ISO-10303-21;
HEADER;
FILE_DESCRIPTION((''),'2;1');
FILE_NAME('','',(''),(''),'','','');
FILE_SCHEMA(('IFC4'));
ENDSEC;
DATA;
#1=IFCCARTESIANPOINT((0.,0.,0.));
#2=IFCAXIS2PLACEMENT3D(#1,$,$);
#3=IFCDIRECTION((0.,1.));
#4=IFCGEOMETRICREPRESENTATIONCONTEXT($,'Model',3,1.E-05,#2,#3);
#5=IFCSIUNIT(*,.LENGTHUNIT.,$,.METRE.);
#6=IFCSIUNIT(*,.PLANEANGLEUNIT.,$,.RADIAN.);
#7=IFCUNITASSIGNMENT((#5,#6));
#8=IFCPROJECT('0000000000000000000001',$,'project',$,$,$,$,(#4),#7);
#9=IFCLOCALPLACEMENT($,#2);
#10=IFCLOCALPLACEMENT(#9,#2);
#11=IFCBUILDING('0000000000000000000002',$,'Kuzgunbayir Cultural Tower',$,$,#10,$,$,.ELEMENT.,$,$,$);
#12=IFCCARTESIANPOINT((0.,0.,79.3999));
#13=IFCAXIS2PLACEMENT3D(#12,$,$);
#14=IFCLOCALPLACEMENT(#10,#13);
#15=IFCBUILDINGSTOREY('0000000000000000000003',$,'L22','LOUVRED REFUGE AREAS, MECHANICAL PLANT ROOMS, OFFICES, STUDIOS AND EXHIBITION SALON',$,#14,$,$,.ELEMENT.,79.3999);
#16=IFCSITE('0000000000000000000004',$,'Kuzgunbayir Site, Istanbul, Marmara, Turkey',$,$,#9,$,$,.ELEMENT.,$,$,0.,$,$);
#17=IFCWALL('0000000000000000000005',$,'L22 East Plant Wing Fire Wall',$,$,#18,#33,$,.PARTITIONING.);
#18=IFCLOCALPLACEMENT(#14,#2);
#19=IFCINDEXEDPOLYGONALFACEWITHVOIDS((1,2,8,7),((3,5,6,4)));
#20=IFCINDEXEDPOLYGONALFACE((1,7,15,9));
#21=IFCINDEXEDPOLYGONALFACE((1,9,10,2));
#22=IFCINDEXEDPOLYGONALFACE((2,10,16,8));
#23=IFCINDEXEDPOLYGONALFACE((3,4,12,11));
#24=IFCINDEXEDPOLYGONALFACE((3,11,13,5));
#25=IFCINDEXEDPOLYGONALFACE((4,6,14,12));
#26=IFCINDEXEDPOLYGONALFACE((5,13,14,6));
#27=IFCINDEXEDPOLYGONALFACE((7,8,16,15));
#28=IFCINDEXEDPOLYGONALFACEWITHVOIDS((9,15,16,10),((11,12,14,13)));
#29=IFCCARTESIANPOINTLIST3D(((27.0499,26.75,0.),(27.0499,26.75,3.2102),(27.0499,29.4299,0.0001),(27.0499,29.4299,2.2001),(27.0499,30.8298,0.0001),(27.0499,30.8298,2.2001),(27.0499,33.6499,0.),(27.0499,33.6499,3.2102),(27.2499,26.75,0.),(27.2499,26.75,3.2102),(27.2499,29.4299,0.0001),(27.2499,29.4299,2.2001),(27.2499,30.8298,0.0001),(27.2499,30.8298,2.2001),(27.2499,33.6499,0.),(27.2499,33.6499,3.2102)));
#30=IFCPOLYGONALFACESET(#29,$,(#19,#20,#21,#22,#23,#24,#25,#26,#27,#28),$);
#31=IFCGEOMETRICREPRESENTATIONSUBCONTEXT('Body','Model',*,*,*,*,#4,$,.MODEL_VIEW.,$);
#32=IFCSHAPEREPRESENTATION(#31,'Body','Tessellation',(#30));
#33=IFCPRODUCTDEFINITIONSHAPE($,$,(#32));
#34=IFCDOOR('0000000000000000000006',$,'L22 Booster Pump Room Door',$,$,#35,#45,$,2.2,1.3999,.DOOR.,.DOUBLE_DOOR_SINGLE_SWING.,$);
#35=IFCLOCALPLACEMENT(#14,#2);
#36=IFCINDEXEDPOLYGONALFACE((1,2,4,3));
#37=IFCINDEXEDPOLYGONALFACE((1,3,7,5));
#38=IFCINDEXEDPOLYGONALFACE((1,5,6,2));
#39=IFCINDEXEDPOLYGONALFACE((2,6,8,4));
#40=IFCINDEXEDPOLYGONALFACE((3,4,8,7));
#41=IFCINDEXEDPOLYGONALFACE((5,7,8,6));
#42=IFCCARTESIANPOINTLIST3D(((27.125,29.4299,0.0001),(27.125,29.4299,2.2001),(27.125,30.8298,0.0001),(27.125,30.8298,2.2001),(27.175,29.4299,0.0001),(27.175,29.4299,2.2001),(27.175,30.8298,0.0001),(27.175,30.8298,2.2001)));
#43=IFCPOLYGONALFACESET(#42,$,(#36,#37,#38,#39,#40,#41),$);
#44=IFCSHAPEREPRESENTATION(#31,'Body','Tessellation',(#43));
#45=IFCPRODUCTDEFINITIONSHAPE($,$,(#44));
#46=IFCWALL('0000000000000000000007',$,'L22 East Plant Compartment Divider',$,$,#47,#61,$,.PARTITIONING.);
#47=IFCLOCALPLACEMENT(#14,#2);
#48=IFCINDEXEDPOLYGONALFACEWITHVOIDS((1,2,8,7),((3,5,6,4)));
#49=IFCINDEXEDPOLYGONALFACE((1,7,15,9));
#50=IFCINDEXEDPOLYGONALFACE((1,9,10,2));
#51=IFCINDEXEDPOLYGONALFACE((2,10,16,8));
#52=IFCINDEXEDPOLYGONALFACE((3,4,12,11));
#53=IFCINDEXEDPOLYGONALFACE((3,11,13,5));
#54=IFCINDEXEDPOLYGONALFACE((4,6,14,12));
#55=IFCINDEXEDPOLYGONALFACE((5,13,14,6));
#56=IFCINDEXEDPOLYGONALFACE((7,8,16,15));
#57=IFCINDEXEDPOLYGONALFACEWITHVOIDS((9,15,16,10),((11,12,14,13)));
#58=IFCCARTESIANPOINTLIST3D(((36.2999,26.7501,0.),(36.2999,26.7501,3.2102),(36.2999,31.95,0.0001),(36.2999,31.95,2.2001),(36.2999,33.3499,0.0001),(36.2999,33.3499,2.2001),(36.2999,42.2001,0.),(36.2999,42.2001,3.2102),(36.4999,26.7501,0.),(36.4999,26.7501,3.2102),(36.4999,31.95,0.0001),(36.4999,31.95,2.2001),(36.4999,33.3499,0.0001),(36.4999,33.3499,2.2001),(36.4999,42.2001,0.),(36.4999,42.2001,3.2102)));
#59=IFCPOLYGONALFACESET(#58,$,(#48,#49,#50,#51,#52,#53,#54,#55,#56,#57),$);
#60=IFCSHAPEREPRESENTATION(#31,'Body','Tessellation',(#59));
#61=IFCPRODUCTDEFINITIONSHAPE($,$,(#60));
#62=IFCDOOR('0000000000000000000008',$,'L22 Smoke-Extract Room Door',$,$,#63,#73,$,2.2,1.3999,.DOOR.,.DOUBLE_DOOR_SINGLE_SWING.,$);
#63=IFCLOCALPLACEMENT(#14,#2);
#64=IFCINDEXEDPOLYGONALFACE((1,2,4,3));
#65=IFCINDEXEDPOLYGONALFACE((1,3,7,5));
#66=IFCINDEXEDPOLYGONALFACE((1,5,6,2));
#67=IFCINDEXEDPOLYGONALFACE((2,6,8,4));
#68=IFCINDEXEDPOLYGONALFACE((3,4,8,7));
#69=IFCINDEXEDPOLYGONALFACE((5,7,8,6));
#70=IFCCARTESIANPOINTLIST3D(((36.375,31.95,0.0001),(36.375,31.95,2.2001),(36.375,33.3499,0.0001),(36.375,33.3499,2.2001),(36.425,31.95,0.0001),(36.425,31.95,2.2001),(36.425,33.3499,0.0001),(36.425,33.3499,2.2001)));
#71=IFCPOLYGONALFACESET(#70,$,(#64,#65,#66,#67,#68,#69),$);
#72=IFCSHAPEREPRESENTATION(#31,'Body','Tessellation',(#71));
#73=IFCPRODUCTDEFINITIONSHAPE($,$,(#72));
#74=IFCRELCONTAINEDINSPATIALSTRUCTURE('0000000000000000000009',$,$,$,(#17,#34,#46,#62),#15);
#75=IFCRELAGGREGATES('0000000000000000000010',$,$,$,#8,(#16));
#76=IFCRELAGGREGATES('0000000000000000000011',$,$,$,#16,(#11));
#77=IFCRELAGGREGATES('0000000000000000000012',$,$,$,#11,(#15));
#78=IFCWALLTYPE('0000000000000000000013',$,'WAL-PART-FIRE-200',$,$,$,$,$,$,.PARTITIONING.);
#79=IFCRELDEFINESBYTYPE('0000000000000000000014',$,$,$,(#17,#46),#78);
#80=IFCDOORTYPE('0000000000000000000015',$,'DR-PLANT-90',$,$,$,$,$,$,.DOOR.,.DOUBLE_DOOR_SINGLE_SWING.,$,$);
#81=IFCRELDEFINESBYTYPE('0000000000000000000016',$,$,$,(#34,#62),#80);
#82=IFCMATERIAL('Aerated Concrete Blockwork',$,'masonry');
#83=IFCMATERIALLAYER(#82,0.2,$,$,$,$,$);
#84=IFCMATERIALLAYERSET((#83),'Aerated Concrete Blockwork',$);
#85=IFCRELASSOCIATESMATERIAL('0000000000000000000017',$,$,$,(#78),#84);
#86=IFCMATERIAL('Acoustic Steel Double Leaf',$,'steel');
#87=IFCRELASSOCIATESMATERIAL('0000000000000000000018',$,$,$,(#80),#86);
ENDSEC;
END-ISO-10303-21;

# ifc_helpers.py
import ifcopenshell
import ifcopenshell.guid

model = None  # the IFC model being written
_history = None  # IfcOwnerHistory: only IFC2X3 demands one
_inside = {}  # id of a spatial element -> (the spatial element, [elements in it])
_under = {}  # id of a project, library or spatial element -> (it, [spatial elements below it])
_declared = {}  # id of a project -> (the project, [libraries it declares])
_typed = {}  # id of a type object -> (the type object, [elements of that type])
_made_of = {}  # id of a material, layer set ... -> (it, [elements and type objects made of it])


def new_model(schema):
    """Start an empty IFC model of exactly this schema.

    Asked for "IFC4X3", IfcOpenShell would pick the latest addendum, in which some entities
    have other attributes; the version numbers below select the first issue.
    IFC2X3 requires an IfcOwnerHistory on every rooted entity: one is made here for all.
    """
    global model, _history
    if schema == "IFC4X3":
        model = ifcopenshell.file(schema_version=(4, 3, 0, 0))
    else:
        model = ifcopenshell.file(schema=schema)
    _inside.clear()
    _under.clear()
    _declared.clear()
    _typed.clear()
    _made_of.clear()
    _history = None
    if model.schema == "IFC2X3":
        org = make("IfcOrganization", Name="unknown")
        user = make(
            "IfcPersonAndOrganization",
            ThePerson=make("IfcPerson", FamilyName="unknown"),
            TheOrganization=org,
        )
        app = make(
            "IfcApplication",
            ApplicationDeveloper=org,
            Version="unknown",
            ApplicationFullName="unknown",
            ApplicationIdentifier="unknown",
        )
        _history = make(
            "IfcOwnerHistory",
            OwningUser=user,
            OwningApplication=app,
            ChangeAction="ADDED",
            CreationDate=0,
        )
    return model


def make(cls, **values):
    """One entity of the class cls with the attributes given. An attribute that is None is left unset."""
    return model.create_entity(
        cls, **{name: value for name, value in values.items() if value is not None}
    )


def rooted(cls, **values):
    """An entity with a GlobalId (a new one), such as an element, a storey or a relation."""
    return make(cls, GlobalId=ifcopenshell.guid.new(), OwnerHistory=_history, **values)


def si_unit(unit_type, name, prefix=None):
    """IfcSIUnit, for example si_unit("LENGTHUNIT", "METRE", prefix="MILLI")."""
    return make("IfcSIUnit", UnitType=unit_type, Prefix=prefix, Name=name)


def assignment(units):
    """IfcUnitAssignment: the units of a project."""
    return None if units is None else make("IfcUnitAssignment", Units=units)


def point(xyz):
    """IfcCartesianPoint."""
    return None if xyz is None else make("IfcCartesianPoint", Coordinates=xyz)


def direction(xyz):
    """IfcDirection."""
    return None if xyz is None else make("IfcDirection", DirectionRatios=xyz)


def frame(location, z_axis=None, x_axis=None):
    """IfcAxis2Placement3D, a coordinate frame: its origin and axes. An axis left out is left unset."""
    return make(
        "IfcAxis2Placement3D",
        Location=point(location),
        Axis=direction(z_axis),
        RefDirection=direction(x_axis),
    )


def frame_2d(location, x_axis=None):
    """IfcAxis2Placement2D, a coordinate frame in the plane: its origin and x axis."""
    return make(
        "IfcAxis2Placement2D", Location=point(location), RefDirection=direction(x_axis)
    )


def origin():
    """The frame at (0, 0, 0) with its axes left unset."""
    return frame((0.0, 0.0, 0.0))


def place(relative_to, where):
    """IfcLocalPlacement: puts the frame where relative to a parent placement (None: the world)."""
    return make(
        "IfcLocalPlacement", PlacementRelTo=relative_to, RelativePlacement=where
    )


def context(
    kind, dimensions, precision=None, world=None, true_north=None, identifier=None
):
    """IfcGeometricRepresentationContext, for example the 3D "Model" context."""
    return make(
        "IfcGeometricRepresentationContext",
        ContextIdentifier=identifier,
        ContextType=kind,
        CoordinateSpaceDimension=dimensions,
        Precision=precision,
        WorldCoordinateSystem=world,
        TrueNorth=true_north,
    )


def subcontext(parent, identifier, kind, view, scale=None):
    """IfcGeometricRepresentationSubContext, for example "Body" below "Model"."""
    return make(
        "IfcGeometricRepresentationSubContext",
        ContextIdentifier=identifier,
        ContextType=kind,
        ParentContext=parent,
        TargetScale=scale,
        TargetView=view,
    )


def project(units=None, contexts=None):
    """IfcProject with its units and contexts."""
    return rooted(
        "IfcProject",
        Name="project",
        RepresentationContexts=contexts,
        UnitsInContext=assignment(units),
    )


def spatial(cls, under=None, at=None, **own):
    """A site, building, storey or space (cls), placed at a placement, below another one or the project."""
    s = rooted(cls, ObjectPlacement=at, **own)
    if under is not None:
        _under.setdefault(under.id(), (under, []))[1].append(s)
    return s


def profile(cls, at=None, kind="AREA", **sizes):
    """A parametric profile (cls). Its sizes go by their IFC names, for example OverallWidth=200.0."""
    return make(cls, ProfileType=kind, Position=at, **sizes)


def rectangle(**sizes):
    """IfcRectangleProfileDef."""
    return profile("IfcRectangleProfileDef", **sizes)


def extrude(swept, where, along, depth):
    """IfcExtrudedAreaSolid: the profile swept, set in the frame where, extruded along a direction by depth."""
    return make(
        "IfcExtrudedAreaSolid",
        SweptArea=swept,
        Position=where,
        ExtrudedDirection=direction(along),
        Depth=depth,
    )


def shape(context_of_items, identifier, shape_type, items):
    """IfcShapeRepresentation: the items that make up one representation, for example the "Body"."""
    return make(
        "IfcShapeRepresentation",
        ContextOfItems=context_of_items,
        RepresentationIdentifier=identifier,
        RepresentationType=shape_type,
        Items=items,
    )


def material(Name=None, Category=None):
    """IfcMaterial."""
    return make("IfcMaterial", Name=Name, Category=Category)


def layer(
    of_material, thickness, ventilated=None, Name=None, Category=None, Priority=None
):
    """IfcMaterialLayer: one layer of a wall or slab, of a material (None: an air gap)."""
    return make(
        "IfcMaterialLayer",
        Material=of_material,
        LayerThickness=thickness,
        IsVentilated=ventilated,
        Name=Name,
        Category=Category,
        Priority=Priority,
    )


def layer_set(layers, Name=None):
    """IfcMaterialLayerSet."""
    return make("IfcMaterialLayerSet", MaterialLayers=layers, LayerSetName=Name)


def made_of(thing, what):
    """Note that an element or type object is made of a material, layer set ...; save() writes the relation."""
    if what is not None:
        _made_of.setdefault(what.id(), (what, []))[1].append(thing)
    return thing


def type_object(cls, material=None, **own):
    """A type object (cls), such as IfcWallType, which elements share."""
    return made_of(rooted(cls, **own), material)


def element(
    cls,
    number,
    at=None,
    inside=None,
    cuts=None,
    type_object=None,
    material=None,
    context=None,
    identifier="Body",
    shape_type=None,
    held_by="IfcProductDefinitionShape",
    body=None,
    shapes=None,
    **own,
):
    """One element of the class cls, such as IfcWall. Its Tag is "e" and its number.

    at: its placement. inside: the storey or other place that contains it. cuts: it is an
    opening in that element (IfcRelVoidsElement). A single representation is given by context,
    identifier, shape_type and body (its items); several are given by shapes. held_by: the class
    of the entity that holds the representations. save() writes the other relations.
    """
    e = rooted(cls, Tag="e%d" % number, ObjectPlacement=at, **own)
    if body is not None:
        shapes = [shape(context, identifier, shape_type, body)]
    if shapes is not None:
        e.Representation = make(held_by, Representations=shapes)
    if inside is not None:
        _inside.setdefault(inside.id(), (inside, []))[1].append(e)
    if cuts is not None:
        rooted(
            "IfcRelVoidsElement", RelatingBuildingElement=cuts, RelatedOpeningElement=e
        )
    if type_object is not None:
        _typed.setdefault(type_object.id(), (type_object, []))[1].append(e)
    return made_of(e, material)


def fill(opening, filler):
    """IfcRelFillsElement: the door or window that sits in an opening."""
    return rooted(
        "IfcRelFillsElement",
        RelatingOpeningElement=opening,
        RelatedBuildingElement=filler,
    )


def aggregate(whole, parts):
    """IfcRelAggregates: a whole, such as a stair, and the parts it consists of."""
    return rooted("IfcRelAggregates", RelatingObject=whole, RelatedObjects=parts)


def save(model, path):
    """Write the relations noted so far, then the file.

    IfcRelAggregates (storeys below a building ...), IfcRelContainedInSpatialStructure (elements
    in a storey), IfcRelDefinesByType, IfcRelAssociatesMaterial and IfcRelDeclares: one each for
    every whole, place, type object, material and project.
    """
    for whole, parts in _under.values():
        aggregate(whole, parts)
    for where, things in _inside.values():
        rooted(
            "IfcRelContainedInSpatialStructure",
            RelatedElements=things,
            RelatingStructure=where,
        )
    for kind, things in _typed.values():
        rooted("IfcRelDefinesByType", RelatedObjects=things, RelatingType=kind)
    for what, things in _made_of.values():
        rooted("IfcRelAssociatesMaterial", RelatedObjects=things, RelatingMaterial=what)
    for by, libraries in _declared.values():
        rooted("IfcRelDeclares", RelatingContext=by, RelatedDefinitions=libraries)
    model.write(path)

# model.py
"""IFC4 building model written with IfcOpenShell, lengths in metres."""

from ifc_helpers import new_model, si_unit, direction, frame, frame_2d, origin, place, context, subcontext, project, spatial, rectangle, extrude, material, layer, layer_set, type_object, element, fill, save


model = new_model("IFC4")

# Units and contexts
model_context = context("Model", 3, precision=1e-05, world=origin(), true_north=direction((0.0, 1.0)))
body_context = subcontext(model_context, "Body", "Model", "MODEL_VIEW")
ifc_project = project(units=[si_unit("LENGTHUNIT", "METRE"), si_unit("PLANEANGLEUNIT", "RADIAN")], contexts=[model_context])

# Site, building, storey
site_placement = place(None, origin())
site = spatial("IfcSite", under=ifc_project, at=site_placement, Name="Kuzgunbayir Site, Istanbul, Marmara, Turkey", CompositionType="ELEMENT", RefElevation=0.0)
building_placement = place(site_placement, origin())
building = spatial("IfcBuilding", under=site, at=building_placement, Name="Kuzgunbayir Cultural Tower", CompositionType="ELEMENT")
storey_placement = place(building_placement, frame((0.0, 0.0, 79.3999)))
storey = spatial("IfcBuildingStorey", under=building, at=storey_placement, Name="L22", Description="LOUVRED REFUGE AREAS, MECHANICAL PLANT ROOMS, OFFICES, STUDIOS AND EXHIBITION SALON", CompositionType="ELEMENT", Elevation=79.3999)

# Walls, openings, doors
ifc_material_1 = material(Name="Aerated Concrete Blockwork", Category="masonry")
ifc_layer_1 = layer(ifc_material_1, 0.2)
ifc_layer_set_1 = layer_set([ifc_layer_1], Name="Aerated Concrete Blockwork")
wall_type = type_object("IfcWallType", Name="WAL-PART-FIRE-200", PredefinedType="PARTITIONING", material=ifc_layer_set_1)
wall_1_placement = place(storey_placement, frame((27.1499, 26.75, 0.0), z_axis=(0.0, 0.0, 1.0), x_axis=(0.0, 1.0, 0.0)))
wall_1 = element("IfcWall", 1, at=wall_1_placement, inside=storey, type_object=wall_type, Name="L22 East Plant Wing Fire Wall", PredefinedType="PARTITIONING", context=body_context, shape_type="SweptSolid", body=[
    extrude(rectangle(XDim=6.8999, YDim=0.2, at=frame_2d((3.45, 0.0))), origin(), (0.0, 0.0, 1.0), 3.2102),
])
opening_1_placement = place(wall_1_placement, frame((2.6799, 0.0, 0.0)))
opening_1 = element("IfcOpeningElement", 2, at=opening_1_placement, cuts=wall_1, PredefinedType="OPENING", context=body_context, shape_type="SweptSolid", body=[
    extrude(rectangle(XDim=1.3999, YDim=2.2, at=frame_2d((0.7, 1.1001))), frame((0.0, 0.1099, 0.0), z_axis=(0.0, -1.0, 0.0), x_axis=(1.0, 0.0, 0.0)), (0.0, 0.0, 1.0), 0.22),
])
ifc_material_2 = material(Name="Acoustic Steel Double Leaf", Category="steel")
door_type = type_object("IfcDoorType", Name="DR-PLANT-90", OperationType="DOUBLE_DOOR_SINGLE_SWING", PredefinedType="DOOR", material=ifc_material_2)
door_1_placement = place(opening_1_placement, origin())
door_1 = element("IfcDoor", 3, at=door_1_placement, inside=storey, type_object=door_type, Name="L22 Booster Pump Room Door", OperationType="DOUBLE_DOOR_SINGLE_SWING", OverallHeight=2.2, OverallWidth=1.3999, PredefinedType="DOOR", context=body_context, shape_type="SweptSolid", body=[
    extrude(rectangle(XDim=1.3999, YDim=2.2, at=frame_2d((0.7, 1.1001))), frame((0.0, 0.0249, 0.0), z_axis=(0.0, -1.0, 0.0), x_axis=(1.0, 0.0, 0.0)), (0.0, 0.0, 1.0), 0.05),
])
fill(opening_1, door_1)
wall_2_placement = place(storey_placement, frame((36.3999, 26.75, 0.0), z_axis=(0.0, 0.0, 1.0), x_axis=(0.0, 1.0, 0.0)))
wall_2 = element("IfcWall", 4, at=wall_2_placement, inside=storey, type_object=wall_type, Name="L22 East Plant Compartment Divider", PredefinedType="PARTITIONING", context=body_context, shape_type="SweptSolid", body=[
    extrude(rectangle(XDim=15.45, YDim=0.2, at=frame_2d((7.7251, 0.0))), origin(), (0.0, 0.0, 1.0), 3.2102),
])
opening_2_placement = place(wall_2_placement, frame((5.2, 0.0, 0.0)))
opening_2 = element("IfcOpeningElement", 5, at=opening_2_placement, cuts=wall_2, PredefinedType="OPENING", context=body_context, shape_type="SweptSolid", body=[
    extrude(rectangle(XDim=1.3999, YDim=2.2, at=frame_2d((0.7, 1.1001))), frame((0.0, 0.1099, 0.0), z_axis=(0.0, -1.0, 0.0), x_axis=(1.0, 0.0, 0.0)), (0.0, 0.0, 1.0), 0.22),
])
door_2_placement = place(opening_2_placement, origin())
door_2 = element("IfcDoor", 6, at=door_2_placement, inside=storey, type_object=door_type, Name="L22 Smoke-Extract Room Door", OperationType="DOUBLE_DOOR_SINGLE_SWING", OverallHeight=2.2, OverallWidth=1.3999, PredefinedType="DOOR", context=body_context, shape_type="SweptSolid", body=[
    extrude(rectangle(XDim=1.3999, YDim=2.2, at=frame_2d((0.7, 1.1001))), frame((0.0, 0.0249, 0.0), z_axis=(0.0, -1.0, 0.0), x_axis=(1.0, 0.0, 0.0)), (0.0, 0.0, 1.0), 0.05),
])
fill(opening_2, door_2)

save(model, "model.ifc")
